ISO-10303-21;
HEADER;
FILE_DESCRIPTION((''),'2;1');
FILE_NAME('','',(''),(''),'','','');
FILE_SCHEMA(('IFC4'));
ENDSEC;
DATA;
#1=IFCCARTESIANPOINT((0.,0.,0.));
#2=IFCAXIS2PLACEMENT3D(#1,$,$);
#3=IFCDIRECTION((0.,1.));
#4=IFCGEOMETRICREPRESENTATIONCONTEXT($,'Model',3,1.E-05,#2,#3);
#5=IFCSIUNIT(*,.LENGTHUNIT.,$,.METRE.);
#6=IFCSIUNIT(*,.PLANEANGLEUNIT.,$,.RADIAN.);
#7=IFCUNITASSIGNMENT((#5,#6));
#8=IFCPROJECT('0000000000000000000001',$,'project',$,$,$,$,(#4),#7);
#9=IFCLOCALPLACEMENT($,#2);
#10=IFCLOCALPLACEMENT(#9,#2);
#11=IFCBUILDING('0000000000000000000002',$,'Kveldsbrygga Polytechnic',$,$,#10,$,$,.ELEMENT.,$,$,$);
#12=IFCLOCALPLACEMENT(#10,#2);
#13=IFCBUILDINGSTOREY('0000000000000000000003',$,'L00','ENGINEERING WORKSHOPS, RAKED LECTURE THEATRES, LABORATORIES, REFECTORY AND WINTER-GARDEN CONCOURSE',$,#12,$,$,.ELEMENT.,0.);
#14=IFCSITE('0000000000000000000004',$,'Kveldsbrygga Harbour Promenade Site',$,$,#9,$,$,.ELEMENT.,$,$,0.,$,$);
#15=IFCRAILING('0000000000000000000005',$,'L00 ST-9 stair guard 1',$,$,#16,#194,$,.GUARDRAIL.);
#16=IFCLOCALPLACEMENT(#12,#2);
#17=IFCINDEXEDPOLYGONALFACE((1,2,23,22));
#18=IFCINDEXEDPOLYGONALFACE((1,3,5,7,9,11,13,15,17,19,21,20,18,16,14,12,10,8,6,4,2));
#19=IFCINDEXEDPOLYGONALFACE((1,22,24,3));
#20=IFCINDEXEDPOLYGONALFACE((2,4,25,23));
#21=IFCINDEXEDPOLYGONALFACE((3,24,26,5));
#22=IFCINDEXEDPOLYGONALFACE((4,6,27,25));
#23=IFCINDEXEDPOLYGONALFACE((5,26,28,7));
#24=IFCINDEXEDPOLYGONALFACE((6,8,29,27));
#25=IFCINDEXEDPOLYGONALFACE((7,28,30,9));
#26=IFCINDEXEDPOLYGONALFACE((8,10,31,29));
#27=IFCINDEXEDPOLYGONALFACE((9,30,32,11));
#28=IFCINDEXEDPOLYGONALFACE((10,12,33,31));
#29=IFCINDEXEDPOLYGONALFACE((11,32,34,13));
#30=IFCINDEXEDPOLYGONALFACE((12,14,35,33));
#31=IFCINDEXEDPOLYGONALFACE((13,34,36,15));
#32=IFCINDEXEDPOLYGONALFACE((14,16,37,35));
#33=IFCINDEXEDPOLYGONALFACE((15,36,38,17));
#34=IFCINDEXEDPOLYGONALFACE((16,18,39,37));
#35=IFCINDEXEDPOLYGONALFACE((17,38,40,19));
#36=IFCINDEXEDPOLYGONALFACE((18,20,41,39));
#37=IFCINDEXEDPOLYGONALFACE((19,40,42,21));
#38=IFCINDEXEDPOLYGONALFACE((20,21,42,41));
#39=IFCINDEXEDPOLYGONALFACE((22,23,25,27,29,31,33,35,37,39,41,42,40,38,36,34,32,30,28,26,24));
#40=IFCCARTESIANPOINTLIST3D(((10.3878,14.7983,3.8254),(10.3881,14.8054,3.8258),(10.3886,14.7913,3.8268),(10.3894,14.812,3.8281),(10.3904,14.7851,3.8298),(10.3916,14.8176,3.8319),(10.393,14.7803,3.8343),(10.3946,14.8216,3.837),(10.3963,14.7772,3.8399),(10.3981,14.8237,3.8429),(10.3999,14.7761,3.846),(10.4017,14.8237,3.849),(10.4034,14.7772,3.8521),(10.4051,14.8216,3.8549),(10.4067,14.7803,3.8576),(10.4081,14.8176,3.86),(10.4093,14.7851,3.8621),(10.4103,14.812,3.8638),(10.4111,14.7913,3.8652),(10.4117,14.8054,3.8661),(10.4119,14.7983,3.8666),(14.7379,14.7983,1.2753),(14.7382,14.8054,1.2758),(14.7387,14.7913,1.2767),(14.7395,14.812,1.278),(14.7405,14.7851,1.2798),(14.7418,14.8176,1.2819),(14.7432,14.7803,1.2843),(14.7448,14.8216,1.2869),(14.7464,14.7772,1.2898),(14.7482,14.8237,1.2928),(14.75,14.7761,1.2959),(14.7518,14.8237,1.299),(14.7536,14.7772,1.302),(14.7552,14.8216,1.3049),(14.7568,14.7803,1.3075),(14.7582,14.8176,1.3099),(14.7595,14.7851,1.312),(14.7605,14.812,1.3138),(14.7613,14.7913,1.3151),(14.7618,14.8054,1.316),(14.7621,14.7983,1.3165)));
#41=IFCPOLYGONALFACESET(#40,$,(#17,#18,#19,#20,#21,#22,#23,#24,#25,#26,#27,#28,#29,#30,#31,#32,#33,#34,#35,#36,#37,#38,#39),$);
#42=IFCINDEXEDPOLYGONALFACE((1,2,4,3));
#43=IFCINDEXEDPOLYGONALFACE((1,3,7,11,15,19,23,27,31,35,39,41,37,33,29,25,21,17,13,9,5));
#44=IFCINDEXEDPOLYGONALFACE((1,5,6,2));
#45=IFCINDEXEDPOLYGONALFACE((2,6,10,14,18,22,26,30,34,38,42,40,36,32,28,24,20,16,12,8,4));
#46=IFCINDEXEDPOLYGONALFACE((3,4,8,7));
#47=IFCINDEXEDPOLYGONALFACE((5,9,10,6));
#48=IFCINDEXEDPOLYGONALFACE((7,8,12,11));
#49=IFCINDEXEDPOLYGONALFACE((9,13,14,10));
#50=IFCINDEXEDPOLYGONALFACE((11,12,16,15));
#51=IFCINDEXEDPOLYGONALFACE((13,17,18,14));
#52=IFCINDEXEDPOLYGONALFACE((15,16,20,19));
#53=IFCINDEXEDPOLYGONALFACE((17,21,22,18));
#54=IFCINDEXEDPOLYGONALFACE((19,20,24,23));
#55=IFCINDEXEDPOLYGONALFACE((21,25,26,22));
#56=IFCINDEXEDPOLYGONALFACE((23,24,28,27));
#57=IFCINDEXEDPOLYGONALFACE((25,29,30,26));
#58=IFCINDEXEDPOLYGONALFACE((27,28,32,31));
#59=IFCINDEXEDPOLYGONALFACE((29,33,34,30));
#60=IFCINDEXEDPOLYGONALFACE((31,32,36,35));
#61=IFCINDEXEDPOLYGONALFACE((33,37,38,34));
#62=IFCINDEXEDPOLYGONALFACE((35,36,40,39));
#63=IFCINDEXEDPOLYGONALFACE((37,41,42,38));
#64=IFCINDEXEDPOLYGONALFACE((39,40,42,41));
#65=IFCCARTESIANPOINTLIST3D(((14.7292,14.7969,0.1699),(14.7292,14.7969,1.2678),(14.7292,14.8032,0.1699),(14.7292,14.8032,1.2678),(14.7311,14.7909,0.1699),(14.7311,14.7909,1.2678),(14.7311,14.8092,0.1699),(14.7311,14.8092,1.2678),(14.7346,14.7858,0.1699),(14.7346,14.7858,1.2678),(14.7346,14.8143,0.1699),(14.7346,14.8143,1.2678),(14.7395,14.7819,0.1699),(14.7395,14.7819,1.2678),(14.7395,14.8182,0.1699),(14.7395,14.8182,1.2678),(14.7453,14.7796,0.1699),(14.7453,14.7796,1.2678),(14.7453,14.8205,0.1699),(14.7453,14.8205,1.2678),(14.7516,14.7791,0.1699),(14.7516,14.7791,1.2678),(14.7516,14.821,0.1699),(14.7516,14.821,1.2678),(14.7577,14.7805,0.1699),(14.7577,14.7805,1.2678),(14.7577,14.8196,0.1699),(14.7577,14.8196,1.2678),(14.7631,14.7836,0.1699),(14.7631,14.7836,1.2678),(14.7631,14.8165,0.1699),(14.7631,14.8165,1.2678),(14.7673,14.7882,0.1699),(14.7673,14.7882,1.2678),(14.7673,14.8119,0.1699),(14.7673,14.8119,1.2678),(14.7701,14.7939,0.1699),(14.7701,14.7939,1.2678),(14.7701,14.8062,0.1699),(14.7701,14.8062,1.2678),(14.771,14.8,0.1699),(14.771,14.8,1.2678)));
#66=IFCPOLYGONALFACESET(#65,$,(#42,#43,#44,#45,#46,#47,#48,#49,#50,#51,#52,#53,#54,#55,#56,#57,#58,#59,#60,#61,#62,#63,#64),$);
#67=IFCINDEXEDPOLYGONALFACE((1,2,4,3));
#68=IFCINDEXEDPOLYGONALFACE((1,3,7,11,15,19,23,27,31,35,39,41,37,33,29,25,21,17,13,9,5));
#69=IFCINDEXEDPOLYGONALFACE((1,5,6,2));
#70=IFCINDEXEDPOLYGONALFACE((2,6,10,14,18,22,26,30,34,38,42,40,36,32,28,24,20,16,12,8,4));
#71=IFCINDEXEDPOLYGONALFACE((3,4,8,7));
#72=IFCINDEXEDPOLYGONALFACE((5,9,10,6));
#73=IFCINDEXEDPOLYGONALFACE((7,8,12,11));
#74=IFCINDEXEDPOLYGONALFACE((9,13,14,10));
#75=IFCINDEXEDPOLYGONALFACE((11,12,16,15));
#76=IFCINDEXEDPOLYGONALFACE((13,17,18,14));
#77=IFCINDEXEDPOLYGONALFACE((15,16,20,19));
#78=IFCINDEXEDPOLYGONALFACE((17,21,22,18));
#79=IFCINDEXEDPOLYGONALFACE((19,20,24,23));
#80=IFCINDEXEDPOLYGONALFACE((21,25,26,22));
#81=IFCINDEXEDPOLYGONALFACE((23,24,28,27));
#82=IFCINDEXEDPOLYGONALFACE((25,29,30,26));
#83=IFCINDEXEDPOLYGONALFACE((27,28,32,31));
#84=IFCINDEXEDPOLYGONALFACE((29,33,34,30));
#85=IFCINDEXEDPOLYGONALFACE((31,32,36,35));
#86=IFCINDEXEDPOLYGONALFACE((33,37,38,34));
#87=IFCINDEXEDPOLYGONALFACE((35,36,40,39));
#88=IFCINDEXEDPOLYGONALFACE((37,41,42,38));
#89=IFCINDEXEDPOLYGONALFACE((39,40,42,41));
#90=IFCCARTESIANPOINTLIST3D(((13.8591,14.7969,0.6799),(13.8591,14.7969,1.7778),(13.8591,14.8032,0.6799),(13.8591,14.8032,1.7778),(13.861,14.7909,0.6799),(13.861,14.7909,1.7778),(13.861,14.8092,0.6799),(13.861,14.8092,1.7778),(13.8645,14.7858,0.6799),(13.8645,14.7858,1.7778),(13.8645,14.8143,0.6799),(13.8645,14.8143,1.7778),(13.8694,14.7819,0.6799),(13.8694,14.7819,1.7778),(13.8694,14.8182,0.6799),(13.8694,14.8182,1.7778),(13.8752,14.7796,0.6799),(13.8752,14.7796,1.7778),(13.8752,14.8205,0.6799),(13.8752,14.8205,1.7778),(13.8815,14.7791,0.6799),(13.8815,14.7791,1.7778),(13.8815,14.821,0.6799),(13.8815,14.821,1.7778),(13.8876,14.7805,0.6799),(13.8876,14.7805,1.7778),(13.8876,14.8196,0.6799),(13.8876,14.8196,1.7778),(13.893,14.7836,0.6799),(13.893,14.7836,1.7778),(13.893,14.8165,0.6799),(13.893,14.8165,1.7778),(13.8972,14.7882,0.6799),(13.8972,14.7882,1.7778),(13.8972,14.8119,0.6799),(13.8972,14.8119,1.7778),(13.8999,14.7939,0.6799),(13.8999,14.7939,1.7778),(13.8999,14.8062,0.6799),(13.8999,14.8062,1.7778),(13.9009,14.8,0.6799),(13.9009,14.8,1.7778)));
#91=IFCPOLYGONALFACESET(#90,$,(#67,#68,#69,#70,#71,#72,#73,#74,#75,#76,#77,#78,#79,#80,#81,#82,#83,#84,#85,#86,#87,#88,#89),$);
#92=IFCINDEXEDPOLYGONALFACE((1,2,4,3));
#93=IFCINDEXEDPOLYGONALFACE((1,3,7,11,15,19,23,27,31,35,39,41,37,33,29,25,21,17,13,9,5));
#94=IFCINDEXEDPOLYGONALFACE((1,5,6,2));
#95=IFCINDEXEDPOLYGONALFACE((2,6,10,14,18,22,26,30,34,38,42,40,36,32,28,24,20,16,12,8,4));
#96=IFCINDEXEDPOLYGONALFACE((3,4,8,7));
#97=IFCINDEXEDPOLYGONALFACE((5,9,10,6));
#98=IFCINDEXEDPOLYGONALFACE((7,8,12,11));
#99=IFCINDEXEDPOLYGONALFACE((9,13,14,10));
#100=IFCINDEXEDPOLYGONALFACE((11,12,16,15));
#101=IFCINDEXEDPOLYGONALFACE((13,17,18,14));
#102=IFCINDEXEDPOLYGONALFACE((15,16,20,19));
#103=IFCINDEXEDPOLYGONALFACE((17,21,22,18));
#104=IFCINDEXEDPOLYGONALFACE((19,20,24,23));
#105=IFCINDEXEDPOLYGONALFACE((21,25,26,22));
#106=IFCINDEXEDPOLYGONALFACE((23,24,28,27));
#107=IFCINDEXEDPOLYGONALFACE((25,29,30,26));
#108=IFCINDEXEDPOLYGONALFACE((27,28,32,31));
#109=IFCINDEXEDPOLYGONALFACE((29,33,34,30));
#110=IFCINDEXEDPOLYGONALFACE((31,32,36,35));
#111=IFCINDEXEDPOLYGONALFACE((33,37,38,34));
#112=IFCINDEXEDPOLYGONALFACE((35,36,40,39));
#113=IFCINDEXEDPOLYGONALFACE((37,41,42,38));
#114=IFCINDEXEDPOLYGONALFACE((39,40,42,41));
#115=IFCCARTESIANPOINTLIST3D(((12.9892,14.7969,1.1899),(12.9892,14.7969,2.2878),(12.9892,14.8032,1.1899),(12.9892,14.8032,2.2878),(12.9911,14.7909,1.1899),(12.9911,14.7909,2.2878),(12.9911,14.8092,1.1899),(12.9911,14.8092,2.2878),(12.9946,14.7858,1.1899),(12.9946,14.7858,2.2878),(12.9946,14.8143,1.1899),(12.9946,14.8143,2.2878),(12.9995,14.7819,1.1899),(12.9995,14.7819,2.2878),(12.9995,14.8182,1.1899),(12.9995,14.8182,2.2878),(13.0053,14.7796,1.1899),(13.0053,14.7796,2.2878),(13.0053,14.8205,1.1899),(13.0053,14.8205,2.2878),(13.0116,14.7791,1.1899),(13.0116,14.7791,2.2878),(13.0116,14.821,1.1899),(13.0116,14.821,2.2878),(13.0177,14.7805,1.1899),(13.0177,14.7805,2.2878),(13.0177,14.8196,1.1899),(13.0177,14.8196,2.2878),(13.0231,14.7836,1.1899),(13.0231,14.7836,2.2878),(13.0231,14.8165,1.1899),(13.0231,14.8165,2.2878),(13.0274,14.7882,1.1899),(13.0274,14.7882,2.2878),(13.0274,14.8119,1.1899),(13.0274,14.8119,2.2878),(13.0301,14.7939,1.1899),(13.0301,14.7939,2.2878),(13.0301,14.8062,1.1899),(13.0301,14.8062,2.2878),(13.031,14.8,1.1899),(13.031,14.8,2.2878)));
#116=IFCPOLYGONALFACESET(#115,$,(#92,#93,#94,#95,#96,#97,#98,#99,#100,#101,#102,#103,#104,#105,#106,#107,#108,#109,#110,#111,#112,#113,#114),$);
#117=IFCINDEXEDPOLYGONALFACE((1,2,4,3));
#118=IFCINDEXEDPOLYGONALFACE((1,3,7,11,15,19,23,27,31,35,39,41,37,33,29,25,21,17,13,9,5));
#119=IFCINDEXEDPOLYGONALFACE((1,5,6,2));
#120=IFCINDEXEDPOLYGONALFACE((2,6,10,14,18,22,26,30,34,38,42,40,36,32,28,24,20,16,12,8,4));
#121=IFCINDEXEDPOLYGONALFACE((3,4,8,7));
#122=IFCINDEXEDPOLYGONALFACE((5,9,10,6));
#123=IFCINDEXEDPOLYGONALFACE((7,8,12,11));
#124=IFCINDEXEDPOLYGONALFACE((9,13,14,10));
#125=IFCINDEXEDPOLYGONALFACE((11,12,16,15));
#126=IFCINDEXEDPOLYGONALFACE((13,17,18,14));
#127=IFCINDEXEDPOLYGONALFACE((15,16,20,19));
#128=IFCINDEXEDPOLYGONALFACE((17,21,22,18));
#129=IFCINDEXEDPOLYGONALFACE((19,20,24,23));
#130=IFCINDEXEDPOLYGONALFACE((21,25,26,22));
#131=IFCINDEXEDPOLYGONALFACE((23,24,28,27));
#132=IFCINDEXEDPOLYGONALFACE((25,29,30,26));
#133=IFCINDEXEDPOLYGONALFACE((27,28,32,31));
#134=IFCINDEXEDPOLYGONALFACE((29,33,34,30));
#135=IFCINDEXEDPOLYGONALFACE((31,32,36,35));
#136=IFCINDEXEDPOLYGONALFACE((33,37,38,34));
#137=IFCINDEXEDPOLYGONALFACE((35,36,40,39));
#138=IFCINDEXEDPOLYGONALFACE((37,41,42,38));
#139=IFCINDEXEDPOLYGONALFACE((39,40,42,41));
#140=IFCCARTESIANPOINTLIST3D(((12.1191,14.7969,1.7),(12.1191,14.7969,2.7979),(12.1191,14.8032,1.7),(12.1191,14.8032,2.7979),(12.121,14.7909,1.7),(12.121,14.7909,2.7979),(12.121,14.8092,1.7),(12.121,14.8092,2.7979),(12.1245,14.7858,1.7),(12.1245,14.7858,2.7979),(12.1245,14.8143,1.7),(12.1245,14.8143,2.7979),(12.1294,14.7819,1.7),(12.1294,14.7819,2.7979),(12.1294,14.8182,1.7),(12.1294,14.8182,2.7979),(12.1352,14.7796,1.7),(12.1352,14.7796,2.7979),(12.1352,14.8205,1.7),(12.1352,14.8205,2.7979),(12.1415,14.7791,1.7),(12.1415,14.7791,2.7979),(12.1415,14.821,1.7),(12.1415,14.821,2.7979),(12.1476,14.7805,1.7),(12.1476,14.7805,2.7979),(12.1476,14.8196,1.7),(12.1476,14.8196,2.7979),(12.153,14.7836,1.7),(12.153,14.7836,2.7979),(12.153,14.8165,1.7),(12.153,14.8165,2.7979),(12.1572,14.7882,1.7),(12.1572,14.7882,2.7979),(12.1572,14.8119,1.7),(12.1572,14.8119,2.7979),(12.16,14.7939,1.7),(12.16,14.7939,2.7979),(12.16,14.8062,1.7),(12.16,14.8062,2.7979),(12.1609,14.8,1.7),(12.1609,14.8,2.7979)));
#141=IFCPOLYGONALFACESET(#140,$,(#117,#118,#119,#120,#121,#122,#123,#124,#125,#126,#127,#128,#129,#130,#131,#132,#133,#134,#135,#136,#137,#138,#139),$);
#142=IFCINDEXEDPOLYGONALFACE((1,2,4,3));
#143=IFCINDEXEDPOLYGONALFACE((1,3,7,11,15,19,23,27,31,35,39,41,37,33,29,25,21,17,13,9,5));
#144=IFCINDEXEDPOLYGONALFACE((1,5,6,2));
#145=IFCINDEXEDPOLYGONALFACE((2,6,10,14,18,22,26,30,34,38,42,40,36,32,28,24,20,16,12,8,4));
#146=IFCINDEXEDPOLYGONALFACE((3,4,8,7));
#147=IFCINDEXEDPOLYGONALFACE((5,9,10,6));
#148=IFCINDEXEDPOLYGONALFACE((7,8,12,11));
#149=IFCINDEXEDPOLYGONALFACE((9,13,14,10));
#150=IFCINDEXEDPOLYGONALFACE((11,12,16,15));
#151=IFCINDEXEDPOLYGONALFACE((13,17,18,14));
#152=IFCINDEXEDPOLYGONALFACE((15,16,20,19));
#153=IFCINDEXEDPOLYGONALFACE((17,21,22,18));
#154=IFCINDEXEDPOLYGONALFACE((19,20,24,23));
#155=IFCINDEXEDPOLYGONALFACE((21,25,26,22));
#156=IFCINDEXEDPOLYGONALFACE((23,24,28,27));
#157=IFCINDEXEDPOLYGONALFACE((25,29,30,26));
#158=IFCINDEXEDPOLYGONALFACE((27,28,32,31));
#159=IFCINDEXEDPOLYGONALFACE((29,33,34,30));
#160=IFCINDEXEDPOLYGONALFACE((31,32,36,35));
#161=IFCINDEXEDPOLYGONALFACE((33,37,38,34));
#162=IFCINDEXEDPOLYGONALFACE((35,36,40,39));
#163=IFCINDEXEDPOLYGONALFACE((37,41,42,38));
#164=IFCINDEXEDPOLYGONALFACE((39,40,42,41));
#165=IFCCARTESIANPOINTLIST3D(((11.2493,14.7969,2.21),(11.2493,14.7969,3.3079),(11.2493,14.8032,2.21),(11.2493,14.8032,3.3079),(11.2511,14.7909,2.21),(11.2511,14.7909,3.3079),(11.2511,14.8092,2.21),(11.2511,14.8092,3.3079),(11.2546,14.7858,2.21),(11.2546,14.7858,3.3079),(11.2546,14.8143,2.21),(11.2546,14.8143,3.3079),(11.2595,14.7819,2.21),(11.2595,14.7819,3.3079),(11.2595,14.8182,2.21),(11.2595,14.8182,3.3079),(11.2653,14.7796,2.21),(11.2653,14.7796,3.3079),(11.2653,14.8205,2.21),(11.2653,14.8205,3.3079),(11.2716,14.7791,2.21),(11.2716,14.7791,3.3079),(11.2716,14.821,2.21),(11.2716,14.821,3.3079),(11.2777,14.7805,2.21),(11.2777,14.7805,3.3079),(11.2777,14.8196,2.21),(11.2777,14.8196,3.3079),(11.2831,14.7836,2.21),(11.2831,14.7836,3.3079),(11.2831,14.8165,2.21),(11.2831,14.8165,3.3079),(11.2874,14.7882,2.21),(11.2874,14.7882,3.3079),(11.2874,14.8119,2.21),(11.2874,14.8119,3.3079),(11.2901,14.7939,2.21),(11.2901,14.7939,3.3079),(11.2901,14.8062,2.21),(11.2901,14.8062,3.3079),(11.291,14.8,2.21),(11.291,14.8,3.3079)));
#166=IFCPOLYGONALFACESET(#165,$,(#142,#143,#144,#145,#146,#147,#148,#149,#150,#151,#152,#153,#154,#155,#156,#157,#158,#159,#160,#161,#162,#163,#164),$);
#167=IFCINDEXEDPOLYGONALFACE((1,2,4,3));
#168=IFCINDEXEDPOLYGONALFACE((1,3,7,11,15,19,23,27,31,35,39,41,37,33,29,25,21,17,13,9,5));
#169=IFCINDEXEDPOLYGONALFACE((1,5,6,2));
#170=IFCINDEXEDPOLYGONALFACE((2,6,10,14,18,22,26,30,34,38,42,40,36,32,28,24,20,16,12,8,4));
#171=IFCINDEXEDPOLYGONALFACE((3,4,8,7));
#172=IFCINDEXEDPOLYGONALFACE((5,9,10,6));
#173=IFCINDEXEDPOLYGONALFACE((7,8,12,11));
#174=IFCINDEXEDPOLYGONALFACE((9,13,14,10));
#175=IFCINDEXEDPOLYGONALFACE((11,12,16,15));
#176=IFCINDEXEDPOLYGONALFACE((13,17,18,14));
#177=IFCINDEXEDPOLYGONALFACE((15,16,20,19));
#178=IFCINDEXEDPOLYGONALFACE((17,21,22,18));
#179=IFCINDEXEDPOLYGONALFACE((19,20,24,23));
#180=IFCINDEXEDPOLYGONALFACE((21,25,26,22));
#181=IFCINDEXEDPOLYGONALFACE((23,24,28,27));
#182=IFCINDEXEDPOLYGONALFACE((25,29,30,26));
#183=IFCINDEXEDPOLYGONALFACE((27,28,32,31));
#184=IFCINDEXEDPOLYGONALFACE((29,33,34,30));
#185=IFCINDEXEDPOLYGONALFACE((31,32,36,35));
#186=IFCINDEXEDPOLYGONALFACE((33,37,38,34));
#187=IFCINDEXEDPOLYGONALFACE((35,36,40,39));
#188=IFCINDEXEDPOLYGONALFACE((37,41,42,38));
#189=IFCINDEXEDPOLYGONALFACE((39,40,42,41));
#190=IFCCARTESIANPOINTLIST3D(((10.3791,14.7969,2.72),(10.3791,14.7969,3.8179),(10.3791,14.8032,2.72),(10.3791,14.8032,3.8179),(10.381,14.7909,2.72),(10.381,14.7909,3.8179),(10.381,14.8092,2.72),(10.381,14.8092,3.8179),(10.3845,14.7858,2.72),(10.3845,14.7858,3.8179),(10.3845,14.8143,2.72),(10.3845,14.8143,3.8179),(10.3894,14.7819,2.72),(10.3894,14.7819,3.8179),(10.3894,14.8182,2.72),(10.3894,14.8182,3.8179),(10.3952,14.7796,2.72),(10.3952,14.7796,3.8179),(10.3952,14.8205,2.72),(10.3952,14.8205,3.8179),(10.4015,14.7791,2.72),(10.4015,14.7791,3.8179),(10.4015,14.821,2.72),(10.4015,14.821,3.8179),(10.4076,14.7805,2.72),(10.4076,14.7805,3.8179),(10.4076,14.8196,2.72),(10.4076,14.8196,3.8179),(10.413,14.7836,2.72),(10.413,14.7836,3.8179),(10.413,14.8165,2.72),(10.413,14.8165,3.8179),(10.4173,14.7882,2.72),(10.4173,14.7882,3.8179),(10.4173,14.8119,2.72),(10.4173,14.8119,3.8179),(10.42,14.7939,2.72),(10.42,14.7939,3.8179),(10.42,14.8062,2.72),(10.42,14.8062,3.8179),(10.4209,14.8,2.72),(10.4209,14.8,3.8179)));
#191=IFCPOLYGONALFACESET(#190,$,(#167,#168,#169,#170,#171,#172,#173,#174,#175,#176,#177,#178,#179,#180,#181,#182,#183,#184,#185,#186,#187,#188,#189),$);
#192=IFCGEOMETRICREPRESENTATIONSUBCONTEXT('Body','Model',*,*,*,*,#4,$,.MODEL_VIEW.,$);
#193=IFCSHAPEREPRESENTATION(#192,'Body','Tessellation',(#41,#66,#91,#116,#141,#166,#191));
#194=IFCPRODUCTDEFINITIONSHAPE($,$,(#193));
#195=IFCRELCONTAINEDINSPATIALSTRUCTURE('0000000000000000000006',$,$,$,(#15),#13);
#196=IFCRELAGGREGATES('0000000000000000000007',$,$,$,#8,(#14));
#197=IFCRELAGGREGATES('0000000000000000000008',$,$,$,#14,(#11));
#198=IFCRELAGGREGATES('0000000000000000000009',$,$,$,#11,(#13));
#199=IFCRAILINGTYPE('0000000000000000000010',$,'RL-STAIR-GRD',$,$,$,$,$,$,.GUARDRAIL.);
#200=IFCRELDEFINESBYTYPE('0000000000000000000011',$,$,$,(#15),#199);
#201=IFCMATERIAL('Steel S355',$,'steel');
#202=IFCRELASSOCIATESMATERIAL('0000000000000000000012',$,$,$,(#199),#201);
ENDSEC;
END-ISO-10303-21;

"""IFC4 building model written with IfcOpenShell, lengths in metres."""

from ifc_helpers import new_model, si_unit, direction, frame, origin, origin_2d, place, context, subcontext, project, spatial, circle, extrude, material, type_object, element, save


model = new_model("IFC4")

# Units and contexts
model_context = context("Model", 3, precision=1e-05, world=origin(), true_north=direction((0.0, 1.0)))
body_context = subcontext(model_context, "Body", "Model", "MODEL_VIEW")
ifc_project = project(units=[si_unit("LENGTHUNIT", "METRE"), si_unit("PLANEANGLEUNIT", "RADIAN")], contexts=[model_context])

# Site, building, storey
site_placement = place(None, origin())
site = spatial("IfcSite", under=ifc_project, at=site_placement, Name="Kveldsbrygga Harbour Promenade Site", CompositionType="ELEMENT", RefElevation=0.0)
building_placement = place(site_placement, origin())
building = spatial("IfcBuilding", under=site, at=building_placement, Name="Kveldsbrygga Polytechnic", CompositionType="ELEMENT")
storey_placement = place(building_placement, origin())
storey = spatial("IfcBuildingStorey", under=building, at=storey_placement, Name="L00", Description="ENGINEERING WORKSHOPS, RAKED LECTURE THEATRES, LABORATORIES, REFECTORY AND WINTER-GARDEN CONCOURSE", CompositionType="ELEMENT", Elevation=0.0)

# Railing
ifc_material_1 = material(Name="Steel S355", Category="steel")
railing_type_1 = type_object("IfcRailingType", Name="RL-STAIR-GRD", PredefinedType="GUARDRAIL", material=ifc_material_1)
railing_1_placement = place(storey_placement, frame((14.75, 14.8, 0.1699)))
element("IfcRailing", 1, at=railing_1_placement, inside=storey, type_object=railing_type_1, Name="L00 ST-9 stair guard 1", PredefinedType="GUARDRAIL", context=body_context, shape_type="SweptSolid", body=[
    extrude(circle(Radius=0.0239, at=origin_2d()), frame((0.0, 0.0, 1.126), z_axis=(-0.862699, 0.0, 0.505718), x_axis=(0.0, -1.0, 0.0)), (0.0, 0.0, 1.0), 5.0425),
    extrude(circle(Radius=0.021, at=origin_2d()), origin(), (0.0, 0.0, 1.0), 1.0979),
    extrude(circle(Radius=0.021, at=origin_2d()), frame((-0.8701, 0.0, 0.51)), (0.0, 0.0, 1.0), 1.0979),
    extrude(circle(Radius=0.021, at=origin_2d()), frame((-1.74, 0.0, 1.02)), (0.0, 0.0, 1.0), 1.0979),
    extrude(circle(Radius=0.021, at=origin_2d()), frame((-2.6101, 0.0, 1.53)), (0.0, 0.0, 1.0), 1.0979),
    extrude(circle(Radius=0.021, at=origin_2d()), frame((-3.48, 0.0, 2.04)), (0.0, 0.0, 1.0), 1.0979),
    extrude(circle(Radius=0.021, at=origin_2d()), frame((-4.3501, 0.0, 2.55)), (0.0, 0.0, 1.0), 1.0979),
])

save(model, "model.ifc")
